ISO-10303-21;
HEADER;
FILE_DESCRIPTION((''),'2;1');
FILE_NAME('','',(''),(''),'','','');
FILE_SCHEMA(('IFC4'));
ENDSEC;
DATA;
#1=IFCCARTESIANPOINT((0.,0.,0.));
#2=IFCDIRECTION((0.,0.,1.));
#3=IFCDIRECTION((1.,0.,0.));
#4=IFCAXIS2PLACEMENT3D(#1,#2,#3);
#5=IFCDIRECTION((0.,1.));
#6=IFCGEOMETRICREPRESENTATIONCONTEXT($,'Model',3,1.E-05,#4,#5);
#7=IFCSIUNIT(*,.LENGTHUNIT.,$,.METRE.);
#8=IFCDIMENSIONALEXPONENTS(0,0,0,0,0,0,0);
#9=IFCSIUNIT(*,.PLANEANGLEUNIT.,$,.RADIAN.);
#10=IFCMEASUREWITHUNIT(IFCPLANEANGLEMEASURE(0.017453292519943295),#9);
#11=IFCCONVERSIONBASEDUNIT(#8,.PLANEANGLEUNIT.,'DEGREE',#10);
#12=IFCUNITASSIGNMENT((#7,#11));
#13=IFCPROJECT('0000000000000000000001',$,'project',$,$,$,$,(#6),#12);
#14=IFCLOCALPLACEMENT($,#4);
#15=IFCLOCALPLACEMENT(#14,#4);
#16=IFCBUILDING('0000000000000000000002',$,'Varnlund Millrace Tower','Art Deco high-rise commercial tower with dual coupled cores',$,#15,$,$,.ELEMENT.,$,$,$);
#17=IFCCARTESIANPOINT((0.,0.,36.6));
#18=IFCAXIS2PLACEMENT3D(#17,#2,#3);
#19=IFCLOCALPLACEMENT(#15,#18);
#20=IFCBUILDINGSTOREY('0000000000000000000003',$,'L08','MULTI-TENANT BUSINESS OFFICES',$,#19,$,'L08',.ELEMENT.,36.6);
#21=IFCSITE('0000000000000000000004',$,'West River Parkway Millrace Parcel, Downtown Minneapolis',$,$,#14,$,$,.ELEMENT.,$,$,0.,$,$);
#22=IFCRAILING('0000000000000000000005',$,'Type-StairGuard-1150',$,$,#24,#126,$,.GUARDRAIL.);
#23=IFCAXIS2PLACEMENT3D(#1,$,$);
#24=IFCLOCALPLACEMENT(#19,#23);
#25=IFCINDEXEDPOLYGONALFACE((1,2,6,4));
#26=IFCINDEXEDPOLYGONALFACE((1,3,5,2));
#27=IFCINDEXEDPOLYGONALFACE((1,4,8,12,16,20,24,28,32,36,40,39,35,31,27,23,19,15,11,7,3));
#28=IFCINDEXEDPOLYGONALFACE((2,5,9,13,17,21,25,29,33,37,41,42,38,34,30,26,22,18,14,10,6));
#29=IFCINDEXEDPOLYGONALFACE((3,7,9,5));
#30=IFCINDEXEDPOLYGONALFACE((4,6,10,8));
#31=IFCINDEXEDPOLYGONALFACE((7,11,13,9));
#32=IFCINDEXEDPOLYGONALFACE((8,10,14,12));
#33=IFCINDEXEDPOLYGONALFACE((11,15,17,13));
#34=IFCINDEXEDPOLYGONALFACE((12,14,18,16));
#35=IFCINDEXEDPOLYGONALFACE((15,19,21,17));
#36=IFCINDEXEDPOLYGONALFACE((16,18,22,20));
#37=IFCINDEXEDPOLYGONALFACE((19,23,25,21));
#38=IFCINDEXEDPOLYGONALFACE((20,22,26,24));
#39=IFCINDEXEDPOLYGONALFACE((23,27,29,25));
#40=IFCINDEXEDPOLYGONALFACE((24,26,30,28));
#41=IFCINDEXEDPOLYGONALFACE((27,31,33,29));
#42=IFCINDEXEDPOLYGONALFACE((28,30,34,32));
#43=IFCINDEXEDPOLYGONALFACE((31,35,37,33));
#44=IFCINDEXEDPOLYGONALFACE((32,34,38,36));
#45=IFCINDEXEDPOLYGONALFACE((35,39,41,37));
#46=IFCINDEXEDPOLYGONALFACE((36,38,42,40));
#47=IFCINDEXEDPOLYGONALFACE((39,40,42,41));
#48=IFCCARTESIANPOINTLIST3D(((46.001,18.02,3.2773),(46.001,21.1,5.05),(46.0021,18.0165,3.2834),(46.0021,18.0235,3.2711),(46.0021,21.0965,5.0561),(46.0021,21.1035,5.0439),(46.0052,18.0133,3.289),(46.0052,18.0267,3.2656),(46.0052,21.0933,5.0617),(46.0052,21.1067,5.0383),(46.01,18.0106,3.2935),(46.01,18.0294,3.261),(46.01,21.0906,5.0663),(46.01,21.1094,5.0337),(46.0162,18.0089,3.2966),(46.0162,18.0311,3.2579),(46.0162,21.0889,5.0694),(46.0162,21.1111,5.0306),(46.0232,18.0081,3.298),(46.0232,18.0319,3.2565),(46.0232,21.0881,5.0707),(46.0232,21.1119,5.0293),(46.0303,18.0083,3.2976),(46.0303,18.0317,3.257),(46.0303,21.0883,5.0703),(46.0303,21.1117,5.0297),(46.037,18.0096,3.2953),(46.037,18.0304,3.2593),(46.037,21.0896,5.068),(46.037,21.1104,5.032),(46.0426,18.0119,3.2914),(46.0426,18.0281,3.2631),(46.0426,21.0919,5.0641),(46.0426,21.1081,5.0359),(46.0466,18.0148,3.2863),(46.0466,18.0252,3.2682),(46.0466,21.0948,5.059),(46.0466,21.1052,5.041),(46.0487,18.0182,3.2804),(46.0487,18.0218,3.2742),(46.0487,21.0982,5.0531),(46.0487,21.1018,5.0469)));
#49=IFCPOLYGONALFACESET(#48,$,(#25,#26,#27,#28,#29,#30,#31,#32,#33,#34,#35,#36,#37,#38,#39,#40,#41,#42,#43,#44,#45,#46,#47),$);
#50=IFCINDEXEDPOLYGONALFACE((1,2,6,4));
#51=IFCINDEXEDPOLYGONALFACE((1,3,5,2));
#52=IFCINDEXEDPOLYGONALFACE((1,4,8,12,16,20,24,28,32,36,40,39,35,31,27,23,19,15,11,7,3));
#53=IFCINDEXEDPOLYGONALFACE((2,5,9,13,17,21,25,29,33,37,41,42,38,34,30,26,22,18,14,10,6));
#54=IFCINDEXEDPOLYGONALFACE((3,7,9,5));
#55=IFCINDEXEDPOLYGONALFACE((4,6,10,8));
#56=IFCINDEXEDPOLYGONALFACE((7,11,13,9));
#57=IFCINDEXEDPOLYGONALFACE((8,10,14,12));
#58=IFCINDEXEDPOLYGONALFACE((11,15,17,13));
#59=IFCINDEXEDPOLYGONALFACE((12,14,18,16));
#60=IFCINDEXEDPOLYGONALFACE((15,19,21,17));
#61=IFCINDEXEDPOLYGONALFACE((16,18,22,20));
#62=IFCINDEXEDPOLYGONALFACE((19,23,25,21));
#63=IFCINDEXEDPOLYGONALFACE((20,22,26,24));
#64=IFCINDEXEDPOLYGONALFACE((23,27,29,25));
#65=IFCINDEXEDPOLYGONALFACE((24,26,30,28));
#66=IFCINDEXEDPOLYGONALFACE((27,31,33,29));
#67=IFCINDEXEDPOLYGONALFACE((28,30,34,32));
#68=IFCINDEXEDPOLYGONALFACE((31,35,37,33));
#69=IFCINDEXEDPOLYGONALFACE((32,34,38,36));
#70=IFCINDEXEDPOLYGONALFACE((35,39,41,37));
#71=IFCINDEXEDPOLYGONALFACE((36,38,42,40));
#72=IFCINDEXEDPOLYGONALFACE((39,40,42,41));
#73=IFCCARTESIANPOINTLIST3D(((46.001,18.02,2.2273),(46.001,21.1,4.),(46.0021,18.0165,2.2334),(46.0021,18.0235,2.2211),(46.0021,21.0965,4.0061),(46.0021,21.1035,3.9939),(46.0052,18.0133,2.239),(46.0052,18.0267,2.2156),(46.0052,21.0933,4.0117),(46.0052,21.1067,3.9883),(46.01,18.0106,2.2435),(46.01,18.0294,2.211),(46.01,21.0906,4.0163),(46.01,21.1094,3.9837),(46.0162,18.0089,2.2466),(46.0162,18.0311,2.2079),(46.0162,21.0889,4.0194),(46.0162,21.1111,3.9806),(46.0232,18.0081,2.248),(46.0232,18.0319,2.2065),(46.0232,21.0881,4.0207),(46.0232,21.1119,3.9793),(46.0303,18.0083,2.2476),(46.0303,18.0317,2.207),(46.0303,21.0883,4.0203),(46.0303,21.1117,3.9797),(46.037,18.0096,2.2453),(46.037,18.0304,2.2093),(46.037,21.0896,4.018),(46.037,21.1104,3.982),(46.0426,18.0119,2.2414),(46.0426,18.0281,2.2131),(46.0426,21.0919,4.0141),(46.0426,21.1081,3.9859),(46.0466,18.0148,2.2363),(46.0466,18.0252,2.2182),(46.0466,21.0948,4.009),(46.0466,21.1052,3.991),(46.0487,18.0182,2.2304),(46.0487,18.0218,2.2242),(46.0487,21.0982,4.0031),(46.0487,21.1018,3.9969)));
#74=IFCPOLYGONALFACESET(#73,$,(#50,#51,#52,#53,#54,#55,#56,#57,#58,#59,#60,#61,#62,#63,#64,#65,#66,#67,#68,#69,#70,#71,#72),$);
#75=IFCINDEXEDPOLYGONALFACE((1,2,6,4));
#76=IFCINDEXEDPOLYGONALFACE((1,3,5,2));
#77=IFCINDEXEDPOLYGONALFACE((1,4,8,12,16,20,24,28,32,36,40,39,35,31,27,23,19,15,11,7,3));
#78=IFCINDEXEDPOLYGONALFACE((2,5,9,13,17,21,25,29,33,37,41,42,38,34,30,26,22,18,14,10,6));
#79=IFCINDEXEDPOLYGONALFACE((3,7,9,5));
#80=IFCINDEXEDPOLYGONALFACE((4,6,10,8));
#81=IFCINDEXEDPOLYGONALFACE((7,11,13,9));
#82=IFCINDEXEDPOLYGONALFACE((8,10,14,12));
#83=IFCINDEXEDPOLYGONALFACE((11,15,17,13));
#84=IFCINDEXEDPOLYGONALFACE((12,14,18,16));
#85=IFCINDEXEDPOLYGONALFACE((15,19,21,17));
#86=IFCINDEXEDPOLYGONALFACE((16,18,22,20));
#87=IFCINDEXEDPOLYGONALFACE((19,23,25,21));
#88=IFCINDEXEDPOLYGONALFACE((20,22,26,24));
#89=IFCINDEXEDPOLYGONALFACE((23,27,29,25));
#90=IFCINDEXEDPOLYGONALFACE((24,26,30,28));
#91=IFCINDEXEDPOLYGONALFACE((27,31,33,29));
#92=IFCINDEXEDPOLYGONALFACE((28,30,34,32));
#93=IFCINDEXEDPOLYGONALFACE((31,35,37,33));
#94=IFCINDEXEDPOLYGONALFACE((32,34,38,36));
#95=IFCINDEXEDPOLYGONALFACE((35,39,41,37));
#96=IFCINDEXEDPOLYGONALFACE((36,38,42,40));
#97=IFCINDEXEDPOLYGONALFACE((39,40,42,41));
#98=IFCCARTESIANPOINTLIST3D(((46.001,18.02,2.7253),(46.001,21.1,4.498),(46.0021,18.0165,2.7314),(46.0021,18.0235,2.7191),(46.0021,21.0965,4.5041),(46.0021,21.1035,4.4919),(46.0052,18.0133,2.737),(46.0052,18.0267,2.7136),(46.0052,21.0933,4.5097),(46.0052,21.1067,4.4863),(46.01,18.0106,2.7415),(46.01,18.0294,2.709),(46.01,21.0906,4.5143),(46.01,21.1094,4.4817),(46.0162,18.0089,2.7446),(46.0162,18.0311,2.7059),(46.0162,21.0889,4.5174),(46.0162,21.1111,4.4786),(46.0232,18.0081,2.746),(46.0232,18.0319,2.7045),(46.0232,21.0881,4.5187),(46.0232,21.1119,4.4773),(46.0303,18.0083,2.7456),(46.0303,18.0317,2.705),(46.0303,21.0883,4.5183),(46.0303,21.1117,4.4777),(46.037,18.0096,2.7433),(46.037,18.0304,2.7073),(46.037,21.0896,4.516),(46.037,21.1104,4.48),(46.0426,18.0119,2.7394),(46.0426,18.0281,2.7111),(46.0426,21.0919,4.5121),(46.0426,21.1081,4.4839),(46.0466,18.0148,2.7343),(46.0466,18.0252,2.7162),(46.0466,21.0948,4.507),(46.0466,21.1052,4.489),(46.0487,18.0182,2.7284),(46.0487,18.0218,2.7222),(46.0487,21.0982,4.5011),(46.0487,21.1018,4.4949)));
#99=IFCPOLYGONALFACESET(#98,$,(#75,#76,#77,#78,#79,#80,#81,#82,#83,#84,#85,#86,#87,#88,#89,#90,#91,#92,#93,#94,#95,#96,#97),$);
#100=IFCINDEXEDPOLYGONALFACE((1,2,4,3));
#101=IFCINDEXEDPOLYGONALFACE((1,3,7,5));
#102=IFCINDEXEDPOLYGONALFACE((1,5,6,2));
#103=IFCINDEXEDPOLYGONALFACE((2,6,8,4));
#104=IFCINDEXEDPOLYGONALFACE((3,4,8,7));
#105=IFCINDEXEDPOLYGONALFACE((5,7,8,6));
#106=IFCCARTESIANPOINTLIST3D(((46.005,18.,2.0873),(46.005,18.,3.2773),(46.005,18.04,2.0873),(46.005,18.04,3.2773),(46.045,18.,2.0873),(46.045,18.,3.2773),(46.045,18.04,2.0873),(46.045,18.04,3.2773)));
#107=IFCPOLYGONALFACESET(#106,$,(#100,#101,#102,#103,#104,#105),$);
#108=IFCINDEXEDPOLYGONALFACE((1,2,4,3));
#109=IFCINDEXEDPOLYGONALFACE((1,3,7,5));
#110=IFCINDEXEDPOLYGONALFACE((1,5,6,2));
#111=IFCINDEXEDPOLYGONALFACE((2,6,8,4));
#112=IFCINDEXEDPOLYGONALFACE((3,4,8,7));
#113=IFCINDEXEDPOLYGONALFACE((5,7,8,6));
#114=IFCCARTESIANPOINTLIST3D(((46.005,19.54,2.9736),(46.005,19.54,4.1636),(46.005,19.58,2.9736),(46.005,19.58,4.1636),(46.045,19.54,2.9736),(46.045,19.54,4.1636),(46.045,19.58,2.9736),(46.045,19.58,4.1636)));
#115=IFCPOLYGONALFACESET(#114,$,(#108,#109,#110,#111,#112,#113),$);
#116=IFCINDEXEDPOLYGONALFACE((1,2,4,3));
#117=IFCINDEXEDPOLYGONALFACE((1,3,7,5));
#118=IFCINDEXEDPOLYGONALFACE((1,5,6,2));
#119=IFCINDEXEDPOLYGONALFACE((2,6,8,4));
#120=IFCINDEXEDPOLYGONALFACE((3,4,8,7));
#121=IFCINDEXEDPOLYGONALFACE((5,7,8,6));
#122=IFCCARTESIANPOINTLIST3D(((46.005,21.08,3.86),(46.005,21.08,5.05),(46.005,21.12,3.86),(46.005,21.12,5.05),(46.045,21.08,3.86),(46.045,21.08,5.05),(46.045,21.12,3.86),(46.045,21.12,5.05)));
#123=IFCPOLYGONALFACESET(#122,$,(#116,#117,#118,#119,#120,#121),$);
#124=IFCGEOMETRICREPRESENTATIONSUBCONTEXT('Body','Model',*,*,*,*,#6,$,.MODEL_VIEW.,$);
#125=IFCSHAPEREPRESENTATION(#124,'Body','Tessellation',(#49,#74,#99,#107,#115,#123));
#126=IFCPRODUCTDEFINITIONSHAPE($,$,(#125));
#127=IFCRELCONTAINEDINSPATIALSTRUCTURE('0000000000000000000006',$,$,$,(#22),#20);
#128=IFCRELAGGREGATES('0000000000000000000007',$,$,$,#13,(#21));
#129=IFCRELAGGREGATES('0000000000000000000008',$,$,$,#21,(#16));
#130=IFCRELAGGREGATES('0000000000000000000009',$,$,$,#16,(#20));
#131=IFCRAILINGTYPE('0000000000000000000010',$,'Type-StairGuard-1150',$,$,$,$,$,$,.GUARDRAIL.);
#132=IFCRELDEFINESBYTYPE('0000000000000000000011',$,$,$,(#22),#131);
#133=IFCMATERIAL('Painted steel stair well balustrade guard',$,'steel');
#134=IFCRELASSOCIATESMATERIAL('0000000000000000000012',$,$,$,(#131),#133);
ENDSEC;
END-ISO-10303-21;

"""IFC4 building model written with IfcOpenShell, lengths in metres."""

from ifc_helpers import new_model, entity, si_unit, converted_unit, direction, frame, origin_with_axes, origin_2d_with_axis, place, context, subcontext, project, spatial, rectangle, circle, extrude, material, type_object, element, save


model = new_model("IFC4")

# Units and contexts
model_context = context("Model", 3, precision=1e-05, world=origin_with_axes(), true_north=direction((0.0, 1.0)))
body_context = subcontext(model_context, "Body", "Model", "MODEL_VIEW")
ifc_project = project(units=[si_unit("LENGTHUNIT", "METRE"), converted_unit("PLANEANGLEUNIT", "DEGREE", entity("IfcPlaneAngleMeasure", 0.017453292519943295), si_unit("PLANEANGLEUNIT", "RADIAN"), dimensions=[0, 0, 0, 0, 0, 0, 0])], contexts=[model_context])

# Site, building, storey
site_placement = place(None, origin_with_axes())
site = spatial("IfcSite", under=ifc_project, at=site_placement, Name="West River Parkway Millrace Parcel, Downtown Minneapolis", CompositionType="ELEMENT", RefElevation=0.0)
building_placement = place(site_placement, origin_with_axes())
building = spatial("IfcBuilding", under=site, at=building_placement, Name="Varnlund Millrace Tower", Description="Art Deco high-rise commercial tower with dual coupled cores", CompositionType="ELEMENT")
storey_placement = place(building_placement, frame((0.0, 0.0, 36.6), z_axis=(0.0, 0.0, 1.0), x_axis=(1.0, 0.0, 0.0)))
storey = spatial("IfcBuildingStorey", under=building, at=storey_placement, Name="L08", Description="MULTI-TENANT BUSINESS OFFICES", LongName="L08", CompositionType="ELEMENT", Elevation=36.6)

# Railing
ifc_material_1 = material(Name="Painted steel stair well balustrade guard", Category="steel")
railing_type_1 = type_object("IfcRailingType", Name="Type-StairGuard-1150", PredefinedType="GUARDRAIL", material=ifc_material_1)
railing_1_placement = place(storey_placement, frame((0.0, 0.0, -36.6), z_axis=(0.0, 0.0, 1.0), x_axis=(1.0, 0.0, 0.0)))
element("IfcRailing", 1, at=railing_1_placement, inside=storey, type_object=railing_type_1, Name="Type-StairGuard-1150", PredefinedType="GUARDRAIL", context=body_context, shape_type="SweptSolid", body=[
    extrude(circle(Radius=0.024, at=origin_2d_with_axis()), frame((46.025, 18.02, 39.8773), z_axis=(0.0, 0.866696, 0.498836), x_axis=(-1.0, 0.0, 0.0)), (0.0, 0.0, 1.0), 3.5537),
    extrude(circle(Radius=0.024, at=origin_2d_with_axis()), frame((46.025, 18.02, 38.8273), z_axis=(0.0, 0.866696, 0.498836), x_axis=(-1.0, 0.0, 0.0)), (0.0, 0.0, 1.0), 3.5537),
    extrude(circle(Radius=0.024, at=origin_2d_with_axis()), frame((46.025, 18.02, 39.3253), z_axis=(0.0, 0.866696, 0.498836), x_axis=(-1.0, 0.0, 0.0)), (0.0, 0.0, 1.0), 3.5537),
    extrude(rectangle(XDim=0.04, YDim=0.04, at=origin_2d_with_axis()), frame((46.025, 18.02, 38.6873), z_axis=(0.0, 0.0, 1.0), x_axis=(1.0, 0.0, 0.0)), (0.0, 0.0, 1.0), 1.19),
    extrude(rectangle(XDim=0.04, YDim=0.04, at=origin_2d_with_axis()), frame((46.025, 19.56, 39.5736), z_axis=(0.0, 0.0, 1.0), x_axis=(1.0, 0.0, 0.0)), (0.0, 0.0, 1.0), 1.19),
    extrude(rectangle(XDim=0.04, YDim=0.04, at=origin_2d_with_axis()), frame((46.025, 21.1, 40.46), z_axis=(0.0, 0.0, 1.0), x_axis=(1.0, 0.0, 0.0)), (0.0, 0.0, 1.0), 1.19),
])

save(model, "model.ifc")
